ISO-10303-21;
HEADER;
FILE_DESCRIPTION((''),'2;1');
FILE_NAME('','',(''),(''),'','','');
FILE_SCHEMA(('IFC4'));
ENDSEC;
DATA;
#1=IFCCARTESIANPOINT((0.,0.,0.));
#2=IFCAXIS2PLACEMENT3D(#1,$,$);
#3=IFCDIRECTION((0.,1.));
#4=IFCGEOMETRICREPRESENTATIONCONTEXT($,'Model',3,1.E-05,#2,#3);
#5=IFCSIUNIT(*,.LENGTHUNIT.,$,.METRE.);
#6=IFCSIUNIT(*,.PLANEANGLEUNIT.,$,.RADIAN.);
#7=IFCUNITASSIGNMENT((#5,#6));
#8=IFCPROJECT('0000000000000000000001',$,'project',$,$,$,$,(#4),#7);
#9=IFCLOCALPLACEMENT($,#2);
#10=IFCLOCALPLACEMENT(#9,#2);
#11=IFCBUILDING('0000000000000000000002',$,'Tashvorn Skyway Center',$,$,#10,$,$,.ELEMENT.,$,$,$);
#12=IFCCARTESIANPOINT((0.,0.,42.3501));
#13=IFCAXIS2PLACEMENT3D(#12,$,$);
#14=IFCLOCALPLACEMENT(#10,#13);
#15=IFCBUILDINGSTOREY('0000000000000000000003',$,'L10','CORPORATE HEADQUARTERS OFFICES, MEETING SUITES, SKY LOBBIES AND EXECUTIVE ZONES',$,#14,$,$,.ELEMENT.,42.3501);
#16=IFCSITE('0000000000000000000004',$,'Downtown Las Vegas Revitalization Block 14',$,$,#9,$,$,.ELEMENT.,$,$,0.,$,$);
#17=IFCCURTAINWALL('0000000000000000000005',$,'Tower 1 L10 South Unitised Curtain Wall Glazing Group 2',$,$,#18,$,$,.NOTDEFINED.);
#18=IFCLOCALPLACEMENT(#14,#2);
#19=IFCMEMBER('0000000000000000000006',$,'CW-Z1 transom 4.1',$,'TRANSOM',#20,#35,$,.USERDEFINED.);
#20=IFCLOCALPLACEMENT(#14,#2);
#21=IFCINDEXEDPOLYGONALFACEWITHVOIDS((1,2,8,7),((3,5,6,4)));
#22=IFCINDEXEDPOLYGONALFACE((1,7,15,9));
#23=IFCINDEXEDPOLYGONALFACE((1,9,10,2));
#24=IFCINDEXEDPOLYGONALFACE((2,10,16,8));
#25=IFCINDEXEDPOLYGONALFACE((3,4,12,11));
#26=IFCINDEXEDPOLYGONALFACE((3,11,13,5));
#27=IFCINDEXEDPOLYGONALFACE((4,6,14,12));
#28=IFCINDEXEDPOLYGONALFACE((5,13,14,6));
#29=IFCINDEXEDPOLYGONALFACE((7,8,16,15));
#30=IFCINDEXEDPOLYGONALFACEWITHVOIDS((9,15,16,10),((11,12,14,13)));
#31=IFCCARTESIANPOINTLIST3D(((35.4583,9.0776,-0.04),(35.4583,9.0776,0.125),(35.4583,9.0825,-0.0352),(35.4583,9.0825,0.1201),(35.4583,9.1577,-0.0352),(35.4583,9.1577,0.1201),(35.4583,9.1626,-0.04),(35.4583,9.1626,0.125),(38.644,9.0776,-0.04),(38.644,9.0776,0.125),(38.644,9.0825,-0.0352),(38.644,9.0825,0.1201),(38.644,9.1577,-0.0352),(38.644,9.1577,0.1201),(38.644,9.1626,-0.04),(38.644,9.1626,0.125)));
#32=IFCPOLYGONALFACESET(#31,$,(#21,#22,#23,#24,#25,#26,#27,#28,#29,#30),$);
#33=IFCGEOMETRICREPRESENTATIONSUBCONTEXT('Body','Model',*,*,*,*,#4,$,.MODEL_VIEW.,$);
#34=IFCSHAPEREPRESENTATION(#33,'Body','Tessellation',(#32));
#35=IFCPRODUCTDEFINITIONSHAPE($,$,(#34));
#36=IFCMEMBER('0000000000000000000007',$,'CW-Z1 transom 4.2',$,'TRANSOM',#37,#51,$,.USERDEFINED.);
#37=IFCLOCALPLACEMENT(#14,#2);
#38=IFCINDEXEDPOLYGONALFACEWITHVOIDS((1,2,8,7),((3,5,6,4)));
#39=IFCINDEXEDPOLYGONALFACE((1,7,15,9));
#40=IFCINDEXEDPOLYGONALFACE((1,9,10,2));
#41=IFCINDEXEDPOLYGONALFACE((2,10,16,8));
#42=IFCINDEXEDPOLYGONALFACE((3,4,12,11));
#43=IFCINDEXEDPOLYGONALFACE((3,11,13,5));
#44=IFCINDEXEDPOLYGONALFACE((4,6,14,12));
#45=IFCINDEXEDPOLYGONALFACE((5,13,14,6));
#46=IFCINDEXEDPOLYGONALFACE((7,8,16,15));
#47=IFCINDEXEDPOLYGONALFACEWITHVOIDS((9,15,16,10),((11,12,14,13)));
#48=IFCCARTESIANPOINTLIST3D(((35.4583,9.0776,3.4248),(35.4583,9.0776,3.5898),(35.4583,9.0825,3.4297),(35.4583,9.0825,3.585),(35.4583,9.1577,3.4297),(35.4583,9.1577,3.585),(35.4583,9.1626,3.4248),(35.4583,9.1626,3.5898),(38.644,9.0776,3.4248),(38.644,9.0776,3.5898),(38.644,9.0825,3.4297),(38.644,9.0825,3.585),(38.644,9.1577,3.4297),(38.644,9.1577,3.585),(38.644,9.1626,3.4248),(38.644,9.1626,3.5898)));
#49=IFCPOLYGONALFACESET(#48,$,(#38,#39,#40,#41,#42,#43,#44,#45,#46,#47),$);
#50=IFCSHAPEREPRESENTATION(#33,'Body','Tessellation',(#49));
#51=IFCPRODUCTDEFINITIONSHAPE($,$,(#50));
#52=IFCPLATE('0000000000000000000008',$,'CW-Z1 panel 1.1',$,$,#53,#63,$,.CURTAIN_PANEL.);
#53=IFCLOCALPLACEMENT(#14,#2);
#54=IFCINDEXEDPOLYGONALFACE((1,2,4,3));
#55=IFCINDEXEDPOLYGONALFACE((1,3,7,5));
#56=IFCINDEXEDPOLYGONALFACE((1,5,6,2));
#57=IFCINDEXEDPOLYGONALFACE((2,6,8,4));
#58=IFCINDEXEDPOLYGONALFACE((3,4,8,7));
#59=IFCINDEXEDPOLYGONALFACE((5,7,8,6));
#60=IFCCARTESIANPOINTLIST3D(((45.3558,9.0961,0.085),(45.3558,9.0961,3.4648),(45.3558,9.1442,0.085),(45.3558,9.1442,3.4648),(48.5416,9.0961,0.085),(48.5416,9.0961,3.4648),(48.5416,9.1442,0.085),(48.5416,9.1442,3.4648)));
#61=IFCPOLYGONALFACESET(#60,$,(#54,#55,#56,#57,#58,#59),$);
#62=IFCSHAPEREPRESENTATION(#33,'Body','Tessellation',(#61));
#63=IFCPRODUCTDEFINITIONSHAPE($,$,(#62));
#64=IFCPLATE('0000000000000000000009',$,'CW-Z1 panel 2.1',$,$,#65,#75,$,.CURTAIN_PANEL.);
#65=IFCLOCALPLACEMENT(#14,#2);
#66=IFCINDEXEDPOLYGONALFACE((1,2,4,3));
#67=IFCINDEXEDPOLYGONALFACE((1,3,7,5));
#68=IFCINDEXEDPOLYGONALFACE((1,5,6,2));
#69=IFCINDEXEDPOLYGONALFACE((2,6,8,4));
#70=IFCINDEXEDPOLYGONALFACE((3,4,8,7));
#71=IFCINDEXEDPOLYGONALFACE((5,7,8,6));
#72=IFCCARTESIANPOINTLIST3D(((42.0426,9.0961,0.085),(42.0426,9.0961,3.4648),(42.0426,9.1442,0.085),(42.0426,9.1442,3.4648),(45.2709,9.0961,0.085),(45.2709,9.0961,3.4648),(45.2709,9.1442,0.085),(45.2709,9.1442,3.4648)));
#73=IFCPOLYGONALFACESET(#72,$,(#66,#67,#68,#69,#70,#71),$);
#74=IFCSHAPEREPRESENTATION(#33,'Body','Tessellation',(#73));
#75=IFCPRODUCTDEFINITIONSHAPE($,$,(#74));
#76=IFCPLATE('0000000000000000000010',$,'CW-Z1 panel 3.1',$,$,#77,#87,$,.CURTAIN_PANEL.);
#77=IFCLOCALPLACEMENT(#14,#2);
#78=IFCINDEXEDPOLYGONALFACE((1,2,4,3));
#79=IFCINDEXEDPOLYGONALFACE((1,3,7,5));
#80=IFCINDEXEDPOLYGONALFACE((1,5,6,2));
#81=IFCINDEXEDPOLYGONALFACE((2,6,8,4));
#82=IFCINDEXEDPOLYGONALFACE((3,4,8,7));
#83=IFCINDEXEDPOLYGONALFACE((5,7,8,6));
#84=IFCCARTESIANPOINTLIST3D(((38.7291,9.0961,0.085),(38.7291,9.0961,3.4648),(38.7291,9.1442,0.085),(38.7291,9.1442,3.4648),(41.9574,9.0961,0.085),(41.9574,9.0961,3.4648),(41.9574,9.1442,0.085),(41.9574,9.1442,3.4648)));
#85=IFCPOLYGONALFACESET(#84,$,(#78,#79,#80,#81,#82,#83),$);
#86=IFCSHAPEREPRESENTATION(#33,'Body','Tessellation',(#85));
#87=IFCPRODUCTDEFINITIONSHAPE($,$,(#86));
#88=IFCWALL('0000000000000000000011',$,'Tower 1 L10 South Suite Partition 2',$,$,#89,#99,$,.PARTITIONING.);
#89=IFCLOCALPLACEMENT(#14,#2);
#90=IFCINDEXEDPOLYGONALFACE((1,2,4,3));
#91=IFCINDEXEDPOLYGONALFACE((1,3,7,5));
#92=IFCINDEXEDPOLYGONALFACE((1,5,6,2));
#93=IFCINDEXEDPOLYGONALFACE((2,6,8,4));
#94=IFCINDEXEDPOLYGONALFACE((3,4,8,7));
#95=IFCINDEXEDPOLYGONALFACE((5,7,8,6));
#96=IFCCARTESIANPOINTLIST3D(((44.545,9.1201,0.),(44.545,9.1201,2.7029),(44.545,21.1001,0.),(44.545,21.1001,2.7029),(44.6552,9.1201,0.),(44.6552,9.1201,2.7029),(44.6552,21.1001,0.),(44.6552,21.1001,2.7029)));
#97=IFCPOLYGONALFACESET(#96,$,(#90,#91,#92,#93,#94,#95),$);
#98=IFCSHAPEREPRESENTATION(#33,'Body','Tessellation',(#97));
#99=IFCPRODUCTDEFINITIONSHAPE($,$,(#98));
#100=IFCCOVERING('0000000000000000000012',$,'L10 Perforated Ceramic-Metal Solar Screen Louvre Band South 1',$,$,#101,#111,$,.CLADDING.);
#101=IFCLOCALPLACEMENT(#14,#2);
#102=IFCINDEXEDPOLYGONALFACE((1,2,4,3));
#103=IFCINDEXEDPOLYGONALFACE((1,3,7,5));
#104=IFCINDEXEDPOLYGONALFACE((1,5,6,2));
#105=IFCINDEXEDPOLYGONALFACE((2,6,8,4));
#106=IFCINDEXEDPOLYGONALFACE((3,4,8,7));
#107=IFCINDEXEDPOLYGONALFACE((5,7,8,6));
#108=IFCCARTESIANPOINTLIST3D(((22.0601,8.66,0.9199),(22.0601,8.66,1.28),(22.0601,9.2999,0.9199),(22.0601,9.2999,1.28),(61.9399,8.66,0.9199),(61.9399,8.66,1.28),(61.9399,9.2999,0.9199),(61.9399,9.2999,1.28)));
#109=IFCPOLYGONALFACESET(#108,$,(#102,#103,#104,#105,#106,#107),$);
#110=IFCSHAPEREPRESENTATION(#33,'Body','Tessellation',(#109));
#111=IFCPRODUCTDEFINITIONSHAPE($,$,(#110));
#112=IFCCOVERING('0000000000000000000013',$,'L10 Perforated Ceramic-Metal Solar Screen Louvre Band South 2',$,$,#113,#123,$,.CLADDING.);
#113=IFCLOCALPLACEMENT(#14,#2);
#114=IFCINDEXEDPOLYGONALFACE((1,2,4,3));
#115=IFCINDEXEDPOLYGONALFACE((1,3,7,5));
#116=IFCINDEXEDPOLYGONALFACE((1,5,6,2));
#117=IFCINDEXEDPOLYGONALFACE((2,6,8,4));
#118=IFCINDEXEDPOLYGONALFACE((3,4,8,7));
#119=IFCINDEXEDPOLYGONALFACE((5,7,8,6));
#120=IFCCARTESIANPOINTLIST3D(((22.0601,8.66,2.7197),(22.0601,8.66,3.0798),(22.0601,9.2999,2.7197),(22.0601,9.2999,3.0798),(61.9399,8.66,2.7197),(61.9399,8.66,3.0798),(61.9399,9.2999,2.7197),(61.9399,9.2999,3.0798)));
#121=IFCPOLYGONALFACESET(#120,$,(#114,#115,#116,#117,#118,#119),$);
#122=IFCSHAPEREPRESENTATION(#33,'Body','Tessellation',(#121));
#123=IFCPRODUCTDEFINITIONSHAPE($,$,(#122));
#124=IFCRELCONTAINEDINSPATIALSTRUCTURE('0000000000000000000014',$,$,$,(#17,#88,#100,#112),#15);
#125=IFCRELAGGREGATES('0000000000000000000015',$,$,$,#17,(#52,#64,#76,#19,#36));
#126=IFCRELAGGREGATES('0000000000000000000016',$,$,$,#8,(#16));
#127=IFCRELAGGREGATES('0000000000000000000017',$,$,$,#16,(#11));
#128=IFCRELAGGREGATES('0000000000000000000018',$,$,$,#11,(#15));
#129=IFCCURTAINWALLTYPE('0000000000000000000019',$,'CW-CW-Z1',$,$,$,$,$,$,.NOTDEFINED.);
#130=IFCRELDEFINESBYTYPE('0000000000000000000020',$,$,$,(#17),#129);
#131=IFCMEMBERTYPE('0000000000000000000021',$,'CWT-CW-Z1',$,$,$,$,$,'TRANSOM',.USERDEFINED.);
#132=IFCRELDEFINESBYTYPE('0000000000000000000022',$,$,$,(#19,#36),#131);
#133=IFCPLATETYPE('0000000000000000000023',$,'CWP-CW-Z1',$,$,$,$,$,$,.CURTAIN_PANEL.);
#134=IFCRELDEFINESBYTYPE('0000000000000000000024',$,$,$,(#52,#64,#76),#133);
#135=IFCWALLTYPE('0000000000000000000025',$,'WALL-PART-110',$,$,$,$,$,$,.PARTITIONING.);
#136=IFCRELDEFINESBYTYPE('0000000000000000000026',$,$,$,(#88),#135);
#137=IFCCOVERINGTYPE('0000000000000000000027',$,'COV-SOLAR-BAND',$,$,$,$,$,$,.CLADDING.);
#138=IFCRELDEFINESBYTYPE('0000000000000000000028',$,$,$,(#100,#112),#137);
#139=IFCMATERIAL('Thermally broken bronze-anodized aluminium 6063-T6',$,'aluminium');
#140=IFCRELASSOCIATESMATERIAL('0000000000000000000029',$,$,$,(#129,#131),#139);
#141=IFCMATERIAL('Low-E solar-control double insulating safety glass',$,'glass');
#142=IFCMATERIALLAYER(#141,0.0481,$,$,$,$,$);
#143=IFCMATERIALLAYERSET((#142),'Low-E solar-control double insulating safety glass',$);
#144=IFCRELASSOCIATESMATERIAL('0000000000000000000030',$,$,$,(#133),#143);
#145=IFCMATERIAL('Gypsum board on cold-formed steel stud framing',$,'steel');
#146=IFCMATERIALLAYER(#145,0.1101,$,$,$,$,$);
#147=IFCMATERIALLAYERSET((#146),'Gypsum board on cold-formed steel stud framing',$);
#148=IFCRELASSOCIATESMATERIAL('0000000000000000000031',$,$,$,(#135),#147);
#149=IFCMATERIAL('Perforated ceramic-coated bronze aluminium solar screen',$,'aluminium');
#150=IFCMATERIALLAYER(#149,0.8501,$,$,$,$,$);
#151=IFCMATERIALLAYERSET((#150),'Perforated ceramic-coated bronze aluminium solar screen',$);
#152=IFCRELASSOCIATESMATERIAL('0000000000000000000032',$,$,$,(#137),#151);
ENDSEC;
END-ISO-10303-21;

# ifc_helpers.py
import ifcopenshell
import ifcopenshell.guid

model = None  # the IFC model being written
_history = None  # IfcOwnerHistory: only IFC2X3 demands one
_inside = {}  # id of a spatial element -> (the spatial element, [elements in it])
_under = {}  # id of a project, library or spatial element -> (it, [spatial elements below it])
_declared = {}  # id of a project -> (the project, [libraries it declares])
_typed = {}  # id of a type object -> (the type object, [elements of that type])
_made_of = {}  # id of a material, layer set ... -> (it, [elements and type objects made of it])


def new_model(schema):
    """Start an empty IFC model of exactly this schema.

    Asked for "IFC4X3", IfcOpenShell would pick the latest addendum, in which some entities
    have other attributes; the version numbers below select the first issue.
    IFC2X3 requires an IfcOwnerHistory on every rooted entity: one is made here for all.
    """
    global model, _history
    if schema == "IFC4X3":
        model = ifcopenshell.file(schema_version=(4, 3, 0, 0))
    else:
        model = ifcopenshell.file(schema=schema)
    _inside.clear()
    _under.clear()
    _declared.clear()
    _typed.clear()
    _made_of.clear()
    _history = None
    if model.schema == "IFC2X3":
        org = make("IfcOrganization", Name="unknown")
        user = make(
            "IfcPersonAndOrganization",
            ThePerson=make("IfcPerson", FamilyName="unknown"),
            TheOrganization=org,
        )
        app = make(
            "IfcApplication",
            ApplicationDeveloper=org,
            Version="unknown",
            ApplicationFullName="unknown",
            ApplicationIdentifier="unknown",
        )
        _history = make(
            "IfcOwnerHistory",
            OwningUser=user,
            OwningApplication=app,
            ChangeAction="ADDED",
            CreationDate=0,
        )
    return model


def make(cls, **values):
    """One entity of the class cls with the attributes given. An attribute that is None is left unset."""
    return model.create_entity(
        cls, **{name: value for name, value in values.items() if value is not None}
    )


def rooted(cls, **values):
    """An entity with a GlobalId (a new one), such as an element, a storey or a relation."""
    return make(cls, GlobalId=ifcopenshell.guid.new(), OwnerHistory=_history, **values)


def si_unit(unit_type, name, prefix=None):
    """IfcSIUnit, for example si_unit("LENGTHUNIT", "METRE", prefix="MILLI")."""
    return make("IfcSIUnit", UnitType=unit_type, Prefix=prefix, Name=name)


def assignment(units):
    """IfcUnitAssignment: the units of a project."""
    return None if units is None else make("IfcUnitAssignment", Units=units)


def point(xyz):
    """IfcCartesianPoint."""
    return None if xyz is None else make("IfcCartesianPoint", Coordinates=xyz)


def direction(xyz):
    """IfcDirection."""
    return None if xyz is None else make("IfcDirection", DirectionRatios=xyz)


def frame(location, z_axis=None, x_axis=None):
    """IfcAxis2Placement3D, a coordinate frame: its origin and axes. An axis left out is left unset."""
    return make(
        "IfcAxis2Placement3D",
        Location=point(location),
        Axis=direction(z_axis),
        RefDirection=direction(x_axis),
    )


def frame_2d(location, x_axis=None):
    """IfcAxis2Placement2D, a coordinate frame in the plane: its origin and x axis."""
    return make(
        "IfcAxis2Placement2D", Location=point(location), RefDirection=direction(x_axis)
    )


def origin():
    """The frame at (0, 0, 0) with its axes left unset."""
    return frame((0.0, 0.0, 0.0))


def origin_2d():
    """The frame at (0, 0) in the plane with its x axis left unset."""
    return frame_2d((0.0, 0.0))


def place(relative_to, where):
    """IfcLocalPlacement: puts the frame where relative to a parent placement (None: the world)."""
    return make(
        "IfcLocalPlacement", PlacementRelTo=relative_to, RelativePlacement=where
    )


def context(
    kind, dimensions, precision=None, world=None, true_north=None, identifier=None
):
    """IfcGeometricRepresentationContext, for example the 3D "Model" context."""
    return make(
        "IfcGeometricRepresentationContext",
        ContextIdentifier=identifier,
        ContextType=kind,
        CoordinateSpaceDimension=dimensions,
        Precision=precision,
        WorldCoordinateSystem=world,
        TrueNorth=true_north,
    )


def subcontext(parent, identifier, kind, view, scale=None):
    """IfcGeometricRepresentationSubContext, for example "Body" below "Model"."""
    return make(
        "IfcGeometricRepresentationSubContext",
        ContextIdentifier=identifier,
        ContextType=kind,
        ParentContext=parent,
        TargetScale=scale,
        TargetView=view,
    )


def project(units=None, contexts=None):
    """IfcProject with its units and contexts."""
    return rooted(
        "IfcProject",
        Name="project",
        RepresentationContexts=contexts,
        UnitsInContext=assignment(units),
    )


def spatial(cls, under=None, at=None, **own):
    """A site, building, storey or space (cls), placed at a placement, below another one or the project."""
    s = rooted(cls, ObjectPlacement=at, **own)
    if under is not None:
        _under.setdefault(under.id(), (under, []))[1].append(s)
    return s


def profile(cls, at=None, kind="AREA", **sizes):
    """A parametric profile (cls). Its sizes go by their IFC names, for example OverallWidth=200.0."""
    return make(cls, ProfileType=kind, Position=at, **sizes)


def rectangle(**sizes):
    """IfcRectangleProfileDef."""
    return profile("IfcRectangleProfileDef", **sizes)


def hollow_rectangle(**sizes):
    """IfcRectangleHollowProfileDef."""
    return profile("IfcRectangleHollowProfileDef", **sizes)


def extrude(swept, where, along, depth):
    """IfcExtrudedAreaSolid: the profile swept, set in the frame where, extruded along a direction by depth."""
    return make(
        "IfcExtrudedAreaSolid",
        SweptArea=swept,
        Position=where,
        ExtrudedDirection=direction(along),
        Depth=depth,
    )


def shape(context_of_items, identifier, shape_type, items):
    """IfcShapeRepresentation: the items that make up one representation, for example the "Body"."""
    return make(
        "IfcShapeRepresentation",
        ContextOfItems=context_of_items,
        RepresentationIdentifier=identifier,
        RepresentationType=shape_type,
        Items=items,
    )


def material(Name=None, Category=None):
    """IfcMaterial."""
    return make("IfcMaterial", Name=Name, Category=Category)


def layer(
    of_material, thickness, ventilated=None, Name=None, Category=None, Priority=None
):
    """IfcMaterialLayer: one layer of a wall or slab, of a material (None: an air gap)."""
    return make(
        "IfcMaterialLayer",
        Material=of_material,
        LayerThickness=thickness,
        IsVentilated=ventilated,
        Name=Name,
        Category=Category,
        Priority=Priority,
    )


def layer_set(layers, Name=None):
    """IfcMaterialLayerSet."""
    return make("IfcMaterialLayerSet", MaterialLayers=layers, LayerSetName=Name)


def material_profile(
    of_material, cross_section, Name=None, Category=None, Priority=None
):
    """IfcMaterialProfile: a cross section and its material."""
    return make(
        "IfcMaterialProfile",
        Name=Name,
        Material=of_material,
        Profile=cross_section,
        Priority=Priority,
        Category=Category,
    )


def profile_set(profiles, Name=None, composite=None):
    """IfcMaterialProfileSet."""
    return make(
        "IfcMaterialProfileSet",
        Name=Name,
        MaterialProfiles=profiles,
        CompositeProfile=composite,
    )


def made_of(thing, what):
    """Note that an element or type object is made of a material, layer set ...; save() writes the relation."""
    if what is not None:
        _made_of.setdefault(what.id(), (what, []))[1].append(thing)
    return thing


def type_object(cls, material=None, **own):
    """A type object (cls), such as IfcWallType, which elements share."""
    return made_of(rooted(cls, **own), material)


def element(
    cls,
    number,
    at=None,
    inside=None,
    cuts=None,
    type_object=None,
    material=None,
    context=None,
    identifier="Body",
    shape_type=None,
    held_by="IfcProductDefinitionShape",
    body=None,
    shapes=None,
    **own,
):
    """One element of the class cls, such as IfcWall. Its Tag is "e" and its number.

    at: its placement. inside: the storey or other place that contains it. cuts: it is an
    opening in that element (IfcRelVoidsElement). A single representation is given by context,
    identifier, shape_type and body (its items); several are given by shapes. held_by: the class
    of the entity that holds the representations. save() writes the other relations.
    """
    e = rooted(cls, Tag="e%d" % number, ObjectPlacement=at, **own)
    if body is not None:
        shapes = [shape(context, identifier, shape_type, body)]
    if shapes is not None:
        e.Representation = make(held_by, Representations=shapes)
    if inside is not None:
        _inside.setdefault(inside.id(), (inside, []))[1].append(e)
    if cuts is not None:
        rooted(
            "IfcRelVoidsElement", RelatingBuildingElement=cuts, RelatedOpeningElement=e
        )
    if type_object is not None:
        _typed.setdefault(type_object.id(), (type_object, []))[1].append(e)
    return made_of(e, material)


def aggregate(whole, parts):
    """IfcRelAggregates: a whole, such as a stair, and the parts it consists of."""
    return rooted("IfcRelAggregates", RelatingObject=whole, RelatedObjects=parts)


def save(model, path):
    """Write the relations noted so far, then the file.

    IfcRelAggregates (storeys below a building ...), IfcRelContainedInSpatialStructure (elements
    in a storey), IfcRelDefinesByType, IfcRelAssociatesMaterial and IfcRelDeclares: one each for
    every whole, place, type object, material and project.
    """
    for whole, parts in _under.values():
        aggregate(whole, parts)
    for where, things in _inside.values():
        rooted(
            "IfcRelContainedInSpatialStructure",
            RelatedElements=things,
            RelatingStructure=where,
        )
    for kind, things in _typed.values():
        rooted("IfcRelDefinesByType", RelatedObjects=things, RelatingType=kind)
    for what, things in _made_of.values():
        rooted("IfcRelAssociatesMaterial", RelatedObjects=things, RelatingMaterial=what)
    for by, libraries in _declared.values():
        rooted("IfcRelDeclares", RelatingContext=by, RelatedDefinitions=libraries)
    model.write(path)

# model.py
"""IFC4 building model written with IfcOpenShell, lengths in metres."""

from ifc_helpers import new_model, si_unit, direction, frame, frame_2d, origin, origin_2d, place, context, subcontext, project, spatial, rectangle, hollow_rectangle, extrude, material, layer, layer_set, material_profile, profile_set, type_object, element, aggregate, save


model = new_model("IFC4")

# Units and contexts
model_context = context("Model", 3, precision=1e-05, world=origin(), true_north=direction((0.0, 1.0)))
body_context = subcontext(model_context, "Body", "Model", "MODEL_VIEW")
ifc_project = project(units=[si_unit("LENGTHUNIT", "METRE"), si_unit("PLANEANGLEUNIT", "RADIAN")], contexts=[model_context])

# Site, building, storey
site_placement = place(None, origin())
site = spatial("IfcSite", under=ifc_project, at=site_placement, Name="Downtown Las Vegas Revitalization Block 14", CompositionType="ELEMENT", RefElevation=0.0)
building_placement = place(site_placement, origin())
building = spatial("IfcBuilding", under=site, at=building_placement, Name="Tashvorn Skyway Center", CompositionType="ELEMENT")
storey_placement = place(building_placement, frame((0.0, 0.0, 42.3501)))
storey = spatial("IfcBuildingStorey", under=building, at=storey_placement, Name="L10", Description="CORPORATE HEADQUARTERS OFFICES, MEETING SUITES, SKY LOBBIES AND EXECUTIVE ZONES", CompositionType="ELEMENT", Elevation=42.3501)

# Curtain wall, members, plates
ifc_material_1 = material(Name="Thermally broken bronze-anodized aluminium 6063-T6", Category="aluminium")
curtain_wall_type = type_object("IfcCurtainWallType", Name="CW-CW-Z1", PredefinedType="NOTDEFINED", material=ifc_material_1)
curtain_wall_placement = place(storey_placement, origin())
curtain_wall = element("IfcCurtainWall", 1, at=curtain_wall_placement, inside=storey, type_object=curtain_wall_type, Name="Tower 1 L10 South Unitised Curtain Wall Glazing Group 2", PredefinedType="NOTDEFINED")
ifc_material_profile_1 = material_profile(ifc_material_1, hollow_rectangle(XDim=0.085, YDim=0.165, WallThickness=0.0049, at=origin_2d()), Name="ALU-TRAN-85x165")
ifc_profile_set_1 = profile_set([ifc_material_profile_1], Name="Thermally broken bronze-anodized aluminium 6063-T6")
member_type_1 = type_object("IfcMemberType", Name="CWT-CW-Z1", ElementType="TRANSOM", PredefinedType="USERDEFINED", material=ifc_profile_set_1)
member_1_placement = place(storey_placement, frame((38.644, 9.1201, 0.0425), z_axis=(-1.0, 0.0, 0.0), x_axis=(0.0, -1.0, 0.0)))
member_1 = element("IfcMember", 2, at=member_1_placement, type_object=member_type_1, Name="CW-Z1 transom 4.1", ObjectType="TRANSOM", PredefinedType="USERDEFINED", context=body_context, shape_type="SweptSolid", body=[
    extrude(hollow_rectangle(XDim=0.085, YDim=0.165, WallThickness=0.0049, at=origin_2d()), origin(), (0.0, 0.0, 1.0), 3.1858),
])
member_2_placement = place(storey_placement, frame((38.644, 9.1201, 3.5073), z_axis=(-1.0, 0.0, 0.0), x_axis=(0.0, -1.0, 0.0)))
member_2 = element("IfcMember", 3, at=member_2_placement, type_object=member_type_1, Name="CW-Z1 transom 4.2", ObjectType="TRANSOM", PredefinedType="USERDEFINED", context=body_context, shape_type="SweptSolid", body=[
    extrude(hollow_rectangle(XDim=0.085, YDim=0.165, WallThickness=0.0049, at=origin_2d()), origin(), (0.0, 0.0, 1.0), 3.1858),
])
ifc_material_2 = material(Name="Low-E solar-control double insulating safety glass", Category="glass")
ifc_layer_1 = layer(ifc_material_2, 0.0481)
ifc_layer_set_1 = layer_set([ifc_layer_1], Name="Low-E solar-control double insulating safety glass")
plate_type = type_object("IfcPlateType", Name="CWP-CW-Z1", PredefinedType="CURTAIN_PANEL", material=ifc_layer_set_1)
plate_1_placement = place(storey_placement, frame((46.9487, 9.1201, 0.085), z_axis=(0.0, 0.0, 1.0), x_axis=(-1.0, 0.0, 0.0)))
plate_1 = element("IfcPlate", 4, at=plate_1_placement, type_object=plate_type, Name="CW-Z1 panel 1.1", PredefinedType="CURTAIN_PANEL", context=body_context, shape_type="SweptSolid", body=[
    extrude(rectangle(XDim=3.1858, YDim=0.0481, at=origin_2d()), origin(), (0.0, 0.0, 1.0), 3.3799),
])
plate_2_placement = place(storey_placement, frame((43.6567, 9.1201, 0.085), z_axis=(0.0, 0.0, 1.0), x_axis=(-1.0, 0.0, 0.0)))
plate_2 = element("IfcPlate", 5, at=plate_2_placement, type_object=plate_type, Name="CW-Z1 panel 2.1", PredefinedType="CURTAIN_PANEL", context=body_context, shape_type="SweptSolid", body=[
    extrude(rectangle(XDim=3.2283, YDim=0.0481, at=origin_2d()), origin(), (0.0, 0.0, 1.0), 3.3799),
])
plate_3_placement = place(storey_placement, frame((40.3433, 9.1201, 0.085), z_axis=(0.0, 0.0, 1.0), x_axis=(-1.0, 0.0, 0.0)))
plate_3 = element("IfcPlate", 6, at=plate_3_placement, type_object=plate_type, Name="CW-Z1 panel 3.1", PredefinedType="CURTAIN_PANEL", context=body_context, shape_type="SweptSolid", body=[
    extrude(rectangle(XDim=3.2283, YDim=0.0481, at=origin_2d()), origin(), (0.0, 0.0, 1.0), 3.3799),
])
aggregate(curtain_wall, [plate_1, plate_2, plate_3, member_1, member_2])

# Wall
ifc_material_3 = material(Name="Gypsum board on cold-formed steel stud framing", Category="steel")
ifc_layer_2 = layer(ifc_material_3, 0.1101)
ifc_layer_set_2 = layer_set([ifc_layer_2], Name="Gypsum board on cold-formed steel stud framing")
wall_type = type_object("IfcWallType", Name="WALL-PART-110", PredefinedType="PARTITIONING", material=ifc_layer_set_2)
wall_placement = place(storey_placement, frame((44.6001, 9.1201, 0.0), z_axis=(0.0, 0.0, 1.0), x_axis=(0.0, 1.0, 0.0)))
element("IfcWall", 7, at=wall_placement, inside=storey, type_object=wall_type, Name="Tower 1 L10 South Suite Partition 2", PredefinedType="PARTITIONING", context=body_context, shape_type="SweptSolid", body=[
    extrude(rectangle(XDim=11.98, YDim=0.1101, at=frame_2d((5.99, 0.0))), origin(), (0.0, 0.0, 1.0), 2.7029),
])

# Coverings
ifc_material_4 = material(Name="Perforated ceramic-coated bronze aluminium solar screen", Category="aluminium")
ifc_layer_3 = layer(ifc_material_4, 0.8501)
ifc_layer_set_3 = layer_set([ifc_layer_3], Name="Perforated ceramic-coated bronze aluminium solar screen")
covering_type = type_object("IfcCoveringType", Name="COV-SOLAR-BAND", PredefinedType="CLADDING", material=ifc_layer_set_3)
for number, where, z_axis, x_axis, name in (
    (8, (42.0, 8.98, 0.9199), (0.0, 0.0, 1.0), (-1.0, 0.0, 0.0), "L10 Perforated Ceramic-Metal Solar Screen Louvre Band South 1"),
    (9, (42.0, 8.98, 2.7197), (0.0, 0.0, 1.0), (-1.0, 0.0, 0.0), "L10 Perforated Ceramic-Metal Solar Screen Louvre Band South 2"),
):
    element("IfcCovering", number, at=place(storey_placement, frame(where, z_axis=z_axis, x_axis=x_axis)), inside=storey, type_object=covering_type, Name=name, PredefinedType="CLADDING", context=body_context, shape_type="SweptSolid", body=[
        extrude(rectangle(XDim=39.8799, YDim=0.6399, at=origin_2d()), origin(), (0.0, 0.0, 1.0), 0.3601),
    ])

save(model, "model.ifc")
